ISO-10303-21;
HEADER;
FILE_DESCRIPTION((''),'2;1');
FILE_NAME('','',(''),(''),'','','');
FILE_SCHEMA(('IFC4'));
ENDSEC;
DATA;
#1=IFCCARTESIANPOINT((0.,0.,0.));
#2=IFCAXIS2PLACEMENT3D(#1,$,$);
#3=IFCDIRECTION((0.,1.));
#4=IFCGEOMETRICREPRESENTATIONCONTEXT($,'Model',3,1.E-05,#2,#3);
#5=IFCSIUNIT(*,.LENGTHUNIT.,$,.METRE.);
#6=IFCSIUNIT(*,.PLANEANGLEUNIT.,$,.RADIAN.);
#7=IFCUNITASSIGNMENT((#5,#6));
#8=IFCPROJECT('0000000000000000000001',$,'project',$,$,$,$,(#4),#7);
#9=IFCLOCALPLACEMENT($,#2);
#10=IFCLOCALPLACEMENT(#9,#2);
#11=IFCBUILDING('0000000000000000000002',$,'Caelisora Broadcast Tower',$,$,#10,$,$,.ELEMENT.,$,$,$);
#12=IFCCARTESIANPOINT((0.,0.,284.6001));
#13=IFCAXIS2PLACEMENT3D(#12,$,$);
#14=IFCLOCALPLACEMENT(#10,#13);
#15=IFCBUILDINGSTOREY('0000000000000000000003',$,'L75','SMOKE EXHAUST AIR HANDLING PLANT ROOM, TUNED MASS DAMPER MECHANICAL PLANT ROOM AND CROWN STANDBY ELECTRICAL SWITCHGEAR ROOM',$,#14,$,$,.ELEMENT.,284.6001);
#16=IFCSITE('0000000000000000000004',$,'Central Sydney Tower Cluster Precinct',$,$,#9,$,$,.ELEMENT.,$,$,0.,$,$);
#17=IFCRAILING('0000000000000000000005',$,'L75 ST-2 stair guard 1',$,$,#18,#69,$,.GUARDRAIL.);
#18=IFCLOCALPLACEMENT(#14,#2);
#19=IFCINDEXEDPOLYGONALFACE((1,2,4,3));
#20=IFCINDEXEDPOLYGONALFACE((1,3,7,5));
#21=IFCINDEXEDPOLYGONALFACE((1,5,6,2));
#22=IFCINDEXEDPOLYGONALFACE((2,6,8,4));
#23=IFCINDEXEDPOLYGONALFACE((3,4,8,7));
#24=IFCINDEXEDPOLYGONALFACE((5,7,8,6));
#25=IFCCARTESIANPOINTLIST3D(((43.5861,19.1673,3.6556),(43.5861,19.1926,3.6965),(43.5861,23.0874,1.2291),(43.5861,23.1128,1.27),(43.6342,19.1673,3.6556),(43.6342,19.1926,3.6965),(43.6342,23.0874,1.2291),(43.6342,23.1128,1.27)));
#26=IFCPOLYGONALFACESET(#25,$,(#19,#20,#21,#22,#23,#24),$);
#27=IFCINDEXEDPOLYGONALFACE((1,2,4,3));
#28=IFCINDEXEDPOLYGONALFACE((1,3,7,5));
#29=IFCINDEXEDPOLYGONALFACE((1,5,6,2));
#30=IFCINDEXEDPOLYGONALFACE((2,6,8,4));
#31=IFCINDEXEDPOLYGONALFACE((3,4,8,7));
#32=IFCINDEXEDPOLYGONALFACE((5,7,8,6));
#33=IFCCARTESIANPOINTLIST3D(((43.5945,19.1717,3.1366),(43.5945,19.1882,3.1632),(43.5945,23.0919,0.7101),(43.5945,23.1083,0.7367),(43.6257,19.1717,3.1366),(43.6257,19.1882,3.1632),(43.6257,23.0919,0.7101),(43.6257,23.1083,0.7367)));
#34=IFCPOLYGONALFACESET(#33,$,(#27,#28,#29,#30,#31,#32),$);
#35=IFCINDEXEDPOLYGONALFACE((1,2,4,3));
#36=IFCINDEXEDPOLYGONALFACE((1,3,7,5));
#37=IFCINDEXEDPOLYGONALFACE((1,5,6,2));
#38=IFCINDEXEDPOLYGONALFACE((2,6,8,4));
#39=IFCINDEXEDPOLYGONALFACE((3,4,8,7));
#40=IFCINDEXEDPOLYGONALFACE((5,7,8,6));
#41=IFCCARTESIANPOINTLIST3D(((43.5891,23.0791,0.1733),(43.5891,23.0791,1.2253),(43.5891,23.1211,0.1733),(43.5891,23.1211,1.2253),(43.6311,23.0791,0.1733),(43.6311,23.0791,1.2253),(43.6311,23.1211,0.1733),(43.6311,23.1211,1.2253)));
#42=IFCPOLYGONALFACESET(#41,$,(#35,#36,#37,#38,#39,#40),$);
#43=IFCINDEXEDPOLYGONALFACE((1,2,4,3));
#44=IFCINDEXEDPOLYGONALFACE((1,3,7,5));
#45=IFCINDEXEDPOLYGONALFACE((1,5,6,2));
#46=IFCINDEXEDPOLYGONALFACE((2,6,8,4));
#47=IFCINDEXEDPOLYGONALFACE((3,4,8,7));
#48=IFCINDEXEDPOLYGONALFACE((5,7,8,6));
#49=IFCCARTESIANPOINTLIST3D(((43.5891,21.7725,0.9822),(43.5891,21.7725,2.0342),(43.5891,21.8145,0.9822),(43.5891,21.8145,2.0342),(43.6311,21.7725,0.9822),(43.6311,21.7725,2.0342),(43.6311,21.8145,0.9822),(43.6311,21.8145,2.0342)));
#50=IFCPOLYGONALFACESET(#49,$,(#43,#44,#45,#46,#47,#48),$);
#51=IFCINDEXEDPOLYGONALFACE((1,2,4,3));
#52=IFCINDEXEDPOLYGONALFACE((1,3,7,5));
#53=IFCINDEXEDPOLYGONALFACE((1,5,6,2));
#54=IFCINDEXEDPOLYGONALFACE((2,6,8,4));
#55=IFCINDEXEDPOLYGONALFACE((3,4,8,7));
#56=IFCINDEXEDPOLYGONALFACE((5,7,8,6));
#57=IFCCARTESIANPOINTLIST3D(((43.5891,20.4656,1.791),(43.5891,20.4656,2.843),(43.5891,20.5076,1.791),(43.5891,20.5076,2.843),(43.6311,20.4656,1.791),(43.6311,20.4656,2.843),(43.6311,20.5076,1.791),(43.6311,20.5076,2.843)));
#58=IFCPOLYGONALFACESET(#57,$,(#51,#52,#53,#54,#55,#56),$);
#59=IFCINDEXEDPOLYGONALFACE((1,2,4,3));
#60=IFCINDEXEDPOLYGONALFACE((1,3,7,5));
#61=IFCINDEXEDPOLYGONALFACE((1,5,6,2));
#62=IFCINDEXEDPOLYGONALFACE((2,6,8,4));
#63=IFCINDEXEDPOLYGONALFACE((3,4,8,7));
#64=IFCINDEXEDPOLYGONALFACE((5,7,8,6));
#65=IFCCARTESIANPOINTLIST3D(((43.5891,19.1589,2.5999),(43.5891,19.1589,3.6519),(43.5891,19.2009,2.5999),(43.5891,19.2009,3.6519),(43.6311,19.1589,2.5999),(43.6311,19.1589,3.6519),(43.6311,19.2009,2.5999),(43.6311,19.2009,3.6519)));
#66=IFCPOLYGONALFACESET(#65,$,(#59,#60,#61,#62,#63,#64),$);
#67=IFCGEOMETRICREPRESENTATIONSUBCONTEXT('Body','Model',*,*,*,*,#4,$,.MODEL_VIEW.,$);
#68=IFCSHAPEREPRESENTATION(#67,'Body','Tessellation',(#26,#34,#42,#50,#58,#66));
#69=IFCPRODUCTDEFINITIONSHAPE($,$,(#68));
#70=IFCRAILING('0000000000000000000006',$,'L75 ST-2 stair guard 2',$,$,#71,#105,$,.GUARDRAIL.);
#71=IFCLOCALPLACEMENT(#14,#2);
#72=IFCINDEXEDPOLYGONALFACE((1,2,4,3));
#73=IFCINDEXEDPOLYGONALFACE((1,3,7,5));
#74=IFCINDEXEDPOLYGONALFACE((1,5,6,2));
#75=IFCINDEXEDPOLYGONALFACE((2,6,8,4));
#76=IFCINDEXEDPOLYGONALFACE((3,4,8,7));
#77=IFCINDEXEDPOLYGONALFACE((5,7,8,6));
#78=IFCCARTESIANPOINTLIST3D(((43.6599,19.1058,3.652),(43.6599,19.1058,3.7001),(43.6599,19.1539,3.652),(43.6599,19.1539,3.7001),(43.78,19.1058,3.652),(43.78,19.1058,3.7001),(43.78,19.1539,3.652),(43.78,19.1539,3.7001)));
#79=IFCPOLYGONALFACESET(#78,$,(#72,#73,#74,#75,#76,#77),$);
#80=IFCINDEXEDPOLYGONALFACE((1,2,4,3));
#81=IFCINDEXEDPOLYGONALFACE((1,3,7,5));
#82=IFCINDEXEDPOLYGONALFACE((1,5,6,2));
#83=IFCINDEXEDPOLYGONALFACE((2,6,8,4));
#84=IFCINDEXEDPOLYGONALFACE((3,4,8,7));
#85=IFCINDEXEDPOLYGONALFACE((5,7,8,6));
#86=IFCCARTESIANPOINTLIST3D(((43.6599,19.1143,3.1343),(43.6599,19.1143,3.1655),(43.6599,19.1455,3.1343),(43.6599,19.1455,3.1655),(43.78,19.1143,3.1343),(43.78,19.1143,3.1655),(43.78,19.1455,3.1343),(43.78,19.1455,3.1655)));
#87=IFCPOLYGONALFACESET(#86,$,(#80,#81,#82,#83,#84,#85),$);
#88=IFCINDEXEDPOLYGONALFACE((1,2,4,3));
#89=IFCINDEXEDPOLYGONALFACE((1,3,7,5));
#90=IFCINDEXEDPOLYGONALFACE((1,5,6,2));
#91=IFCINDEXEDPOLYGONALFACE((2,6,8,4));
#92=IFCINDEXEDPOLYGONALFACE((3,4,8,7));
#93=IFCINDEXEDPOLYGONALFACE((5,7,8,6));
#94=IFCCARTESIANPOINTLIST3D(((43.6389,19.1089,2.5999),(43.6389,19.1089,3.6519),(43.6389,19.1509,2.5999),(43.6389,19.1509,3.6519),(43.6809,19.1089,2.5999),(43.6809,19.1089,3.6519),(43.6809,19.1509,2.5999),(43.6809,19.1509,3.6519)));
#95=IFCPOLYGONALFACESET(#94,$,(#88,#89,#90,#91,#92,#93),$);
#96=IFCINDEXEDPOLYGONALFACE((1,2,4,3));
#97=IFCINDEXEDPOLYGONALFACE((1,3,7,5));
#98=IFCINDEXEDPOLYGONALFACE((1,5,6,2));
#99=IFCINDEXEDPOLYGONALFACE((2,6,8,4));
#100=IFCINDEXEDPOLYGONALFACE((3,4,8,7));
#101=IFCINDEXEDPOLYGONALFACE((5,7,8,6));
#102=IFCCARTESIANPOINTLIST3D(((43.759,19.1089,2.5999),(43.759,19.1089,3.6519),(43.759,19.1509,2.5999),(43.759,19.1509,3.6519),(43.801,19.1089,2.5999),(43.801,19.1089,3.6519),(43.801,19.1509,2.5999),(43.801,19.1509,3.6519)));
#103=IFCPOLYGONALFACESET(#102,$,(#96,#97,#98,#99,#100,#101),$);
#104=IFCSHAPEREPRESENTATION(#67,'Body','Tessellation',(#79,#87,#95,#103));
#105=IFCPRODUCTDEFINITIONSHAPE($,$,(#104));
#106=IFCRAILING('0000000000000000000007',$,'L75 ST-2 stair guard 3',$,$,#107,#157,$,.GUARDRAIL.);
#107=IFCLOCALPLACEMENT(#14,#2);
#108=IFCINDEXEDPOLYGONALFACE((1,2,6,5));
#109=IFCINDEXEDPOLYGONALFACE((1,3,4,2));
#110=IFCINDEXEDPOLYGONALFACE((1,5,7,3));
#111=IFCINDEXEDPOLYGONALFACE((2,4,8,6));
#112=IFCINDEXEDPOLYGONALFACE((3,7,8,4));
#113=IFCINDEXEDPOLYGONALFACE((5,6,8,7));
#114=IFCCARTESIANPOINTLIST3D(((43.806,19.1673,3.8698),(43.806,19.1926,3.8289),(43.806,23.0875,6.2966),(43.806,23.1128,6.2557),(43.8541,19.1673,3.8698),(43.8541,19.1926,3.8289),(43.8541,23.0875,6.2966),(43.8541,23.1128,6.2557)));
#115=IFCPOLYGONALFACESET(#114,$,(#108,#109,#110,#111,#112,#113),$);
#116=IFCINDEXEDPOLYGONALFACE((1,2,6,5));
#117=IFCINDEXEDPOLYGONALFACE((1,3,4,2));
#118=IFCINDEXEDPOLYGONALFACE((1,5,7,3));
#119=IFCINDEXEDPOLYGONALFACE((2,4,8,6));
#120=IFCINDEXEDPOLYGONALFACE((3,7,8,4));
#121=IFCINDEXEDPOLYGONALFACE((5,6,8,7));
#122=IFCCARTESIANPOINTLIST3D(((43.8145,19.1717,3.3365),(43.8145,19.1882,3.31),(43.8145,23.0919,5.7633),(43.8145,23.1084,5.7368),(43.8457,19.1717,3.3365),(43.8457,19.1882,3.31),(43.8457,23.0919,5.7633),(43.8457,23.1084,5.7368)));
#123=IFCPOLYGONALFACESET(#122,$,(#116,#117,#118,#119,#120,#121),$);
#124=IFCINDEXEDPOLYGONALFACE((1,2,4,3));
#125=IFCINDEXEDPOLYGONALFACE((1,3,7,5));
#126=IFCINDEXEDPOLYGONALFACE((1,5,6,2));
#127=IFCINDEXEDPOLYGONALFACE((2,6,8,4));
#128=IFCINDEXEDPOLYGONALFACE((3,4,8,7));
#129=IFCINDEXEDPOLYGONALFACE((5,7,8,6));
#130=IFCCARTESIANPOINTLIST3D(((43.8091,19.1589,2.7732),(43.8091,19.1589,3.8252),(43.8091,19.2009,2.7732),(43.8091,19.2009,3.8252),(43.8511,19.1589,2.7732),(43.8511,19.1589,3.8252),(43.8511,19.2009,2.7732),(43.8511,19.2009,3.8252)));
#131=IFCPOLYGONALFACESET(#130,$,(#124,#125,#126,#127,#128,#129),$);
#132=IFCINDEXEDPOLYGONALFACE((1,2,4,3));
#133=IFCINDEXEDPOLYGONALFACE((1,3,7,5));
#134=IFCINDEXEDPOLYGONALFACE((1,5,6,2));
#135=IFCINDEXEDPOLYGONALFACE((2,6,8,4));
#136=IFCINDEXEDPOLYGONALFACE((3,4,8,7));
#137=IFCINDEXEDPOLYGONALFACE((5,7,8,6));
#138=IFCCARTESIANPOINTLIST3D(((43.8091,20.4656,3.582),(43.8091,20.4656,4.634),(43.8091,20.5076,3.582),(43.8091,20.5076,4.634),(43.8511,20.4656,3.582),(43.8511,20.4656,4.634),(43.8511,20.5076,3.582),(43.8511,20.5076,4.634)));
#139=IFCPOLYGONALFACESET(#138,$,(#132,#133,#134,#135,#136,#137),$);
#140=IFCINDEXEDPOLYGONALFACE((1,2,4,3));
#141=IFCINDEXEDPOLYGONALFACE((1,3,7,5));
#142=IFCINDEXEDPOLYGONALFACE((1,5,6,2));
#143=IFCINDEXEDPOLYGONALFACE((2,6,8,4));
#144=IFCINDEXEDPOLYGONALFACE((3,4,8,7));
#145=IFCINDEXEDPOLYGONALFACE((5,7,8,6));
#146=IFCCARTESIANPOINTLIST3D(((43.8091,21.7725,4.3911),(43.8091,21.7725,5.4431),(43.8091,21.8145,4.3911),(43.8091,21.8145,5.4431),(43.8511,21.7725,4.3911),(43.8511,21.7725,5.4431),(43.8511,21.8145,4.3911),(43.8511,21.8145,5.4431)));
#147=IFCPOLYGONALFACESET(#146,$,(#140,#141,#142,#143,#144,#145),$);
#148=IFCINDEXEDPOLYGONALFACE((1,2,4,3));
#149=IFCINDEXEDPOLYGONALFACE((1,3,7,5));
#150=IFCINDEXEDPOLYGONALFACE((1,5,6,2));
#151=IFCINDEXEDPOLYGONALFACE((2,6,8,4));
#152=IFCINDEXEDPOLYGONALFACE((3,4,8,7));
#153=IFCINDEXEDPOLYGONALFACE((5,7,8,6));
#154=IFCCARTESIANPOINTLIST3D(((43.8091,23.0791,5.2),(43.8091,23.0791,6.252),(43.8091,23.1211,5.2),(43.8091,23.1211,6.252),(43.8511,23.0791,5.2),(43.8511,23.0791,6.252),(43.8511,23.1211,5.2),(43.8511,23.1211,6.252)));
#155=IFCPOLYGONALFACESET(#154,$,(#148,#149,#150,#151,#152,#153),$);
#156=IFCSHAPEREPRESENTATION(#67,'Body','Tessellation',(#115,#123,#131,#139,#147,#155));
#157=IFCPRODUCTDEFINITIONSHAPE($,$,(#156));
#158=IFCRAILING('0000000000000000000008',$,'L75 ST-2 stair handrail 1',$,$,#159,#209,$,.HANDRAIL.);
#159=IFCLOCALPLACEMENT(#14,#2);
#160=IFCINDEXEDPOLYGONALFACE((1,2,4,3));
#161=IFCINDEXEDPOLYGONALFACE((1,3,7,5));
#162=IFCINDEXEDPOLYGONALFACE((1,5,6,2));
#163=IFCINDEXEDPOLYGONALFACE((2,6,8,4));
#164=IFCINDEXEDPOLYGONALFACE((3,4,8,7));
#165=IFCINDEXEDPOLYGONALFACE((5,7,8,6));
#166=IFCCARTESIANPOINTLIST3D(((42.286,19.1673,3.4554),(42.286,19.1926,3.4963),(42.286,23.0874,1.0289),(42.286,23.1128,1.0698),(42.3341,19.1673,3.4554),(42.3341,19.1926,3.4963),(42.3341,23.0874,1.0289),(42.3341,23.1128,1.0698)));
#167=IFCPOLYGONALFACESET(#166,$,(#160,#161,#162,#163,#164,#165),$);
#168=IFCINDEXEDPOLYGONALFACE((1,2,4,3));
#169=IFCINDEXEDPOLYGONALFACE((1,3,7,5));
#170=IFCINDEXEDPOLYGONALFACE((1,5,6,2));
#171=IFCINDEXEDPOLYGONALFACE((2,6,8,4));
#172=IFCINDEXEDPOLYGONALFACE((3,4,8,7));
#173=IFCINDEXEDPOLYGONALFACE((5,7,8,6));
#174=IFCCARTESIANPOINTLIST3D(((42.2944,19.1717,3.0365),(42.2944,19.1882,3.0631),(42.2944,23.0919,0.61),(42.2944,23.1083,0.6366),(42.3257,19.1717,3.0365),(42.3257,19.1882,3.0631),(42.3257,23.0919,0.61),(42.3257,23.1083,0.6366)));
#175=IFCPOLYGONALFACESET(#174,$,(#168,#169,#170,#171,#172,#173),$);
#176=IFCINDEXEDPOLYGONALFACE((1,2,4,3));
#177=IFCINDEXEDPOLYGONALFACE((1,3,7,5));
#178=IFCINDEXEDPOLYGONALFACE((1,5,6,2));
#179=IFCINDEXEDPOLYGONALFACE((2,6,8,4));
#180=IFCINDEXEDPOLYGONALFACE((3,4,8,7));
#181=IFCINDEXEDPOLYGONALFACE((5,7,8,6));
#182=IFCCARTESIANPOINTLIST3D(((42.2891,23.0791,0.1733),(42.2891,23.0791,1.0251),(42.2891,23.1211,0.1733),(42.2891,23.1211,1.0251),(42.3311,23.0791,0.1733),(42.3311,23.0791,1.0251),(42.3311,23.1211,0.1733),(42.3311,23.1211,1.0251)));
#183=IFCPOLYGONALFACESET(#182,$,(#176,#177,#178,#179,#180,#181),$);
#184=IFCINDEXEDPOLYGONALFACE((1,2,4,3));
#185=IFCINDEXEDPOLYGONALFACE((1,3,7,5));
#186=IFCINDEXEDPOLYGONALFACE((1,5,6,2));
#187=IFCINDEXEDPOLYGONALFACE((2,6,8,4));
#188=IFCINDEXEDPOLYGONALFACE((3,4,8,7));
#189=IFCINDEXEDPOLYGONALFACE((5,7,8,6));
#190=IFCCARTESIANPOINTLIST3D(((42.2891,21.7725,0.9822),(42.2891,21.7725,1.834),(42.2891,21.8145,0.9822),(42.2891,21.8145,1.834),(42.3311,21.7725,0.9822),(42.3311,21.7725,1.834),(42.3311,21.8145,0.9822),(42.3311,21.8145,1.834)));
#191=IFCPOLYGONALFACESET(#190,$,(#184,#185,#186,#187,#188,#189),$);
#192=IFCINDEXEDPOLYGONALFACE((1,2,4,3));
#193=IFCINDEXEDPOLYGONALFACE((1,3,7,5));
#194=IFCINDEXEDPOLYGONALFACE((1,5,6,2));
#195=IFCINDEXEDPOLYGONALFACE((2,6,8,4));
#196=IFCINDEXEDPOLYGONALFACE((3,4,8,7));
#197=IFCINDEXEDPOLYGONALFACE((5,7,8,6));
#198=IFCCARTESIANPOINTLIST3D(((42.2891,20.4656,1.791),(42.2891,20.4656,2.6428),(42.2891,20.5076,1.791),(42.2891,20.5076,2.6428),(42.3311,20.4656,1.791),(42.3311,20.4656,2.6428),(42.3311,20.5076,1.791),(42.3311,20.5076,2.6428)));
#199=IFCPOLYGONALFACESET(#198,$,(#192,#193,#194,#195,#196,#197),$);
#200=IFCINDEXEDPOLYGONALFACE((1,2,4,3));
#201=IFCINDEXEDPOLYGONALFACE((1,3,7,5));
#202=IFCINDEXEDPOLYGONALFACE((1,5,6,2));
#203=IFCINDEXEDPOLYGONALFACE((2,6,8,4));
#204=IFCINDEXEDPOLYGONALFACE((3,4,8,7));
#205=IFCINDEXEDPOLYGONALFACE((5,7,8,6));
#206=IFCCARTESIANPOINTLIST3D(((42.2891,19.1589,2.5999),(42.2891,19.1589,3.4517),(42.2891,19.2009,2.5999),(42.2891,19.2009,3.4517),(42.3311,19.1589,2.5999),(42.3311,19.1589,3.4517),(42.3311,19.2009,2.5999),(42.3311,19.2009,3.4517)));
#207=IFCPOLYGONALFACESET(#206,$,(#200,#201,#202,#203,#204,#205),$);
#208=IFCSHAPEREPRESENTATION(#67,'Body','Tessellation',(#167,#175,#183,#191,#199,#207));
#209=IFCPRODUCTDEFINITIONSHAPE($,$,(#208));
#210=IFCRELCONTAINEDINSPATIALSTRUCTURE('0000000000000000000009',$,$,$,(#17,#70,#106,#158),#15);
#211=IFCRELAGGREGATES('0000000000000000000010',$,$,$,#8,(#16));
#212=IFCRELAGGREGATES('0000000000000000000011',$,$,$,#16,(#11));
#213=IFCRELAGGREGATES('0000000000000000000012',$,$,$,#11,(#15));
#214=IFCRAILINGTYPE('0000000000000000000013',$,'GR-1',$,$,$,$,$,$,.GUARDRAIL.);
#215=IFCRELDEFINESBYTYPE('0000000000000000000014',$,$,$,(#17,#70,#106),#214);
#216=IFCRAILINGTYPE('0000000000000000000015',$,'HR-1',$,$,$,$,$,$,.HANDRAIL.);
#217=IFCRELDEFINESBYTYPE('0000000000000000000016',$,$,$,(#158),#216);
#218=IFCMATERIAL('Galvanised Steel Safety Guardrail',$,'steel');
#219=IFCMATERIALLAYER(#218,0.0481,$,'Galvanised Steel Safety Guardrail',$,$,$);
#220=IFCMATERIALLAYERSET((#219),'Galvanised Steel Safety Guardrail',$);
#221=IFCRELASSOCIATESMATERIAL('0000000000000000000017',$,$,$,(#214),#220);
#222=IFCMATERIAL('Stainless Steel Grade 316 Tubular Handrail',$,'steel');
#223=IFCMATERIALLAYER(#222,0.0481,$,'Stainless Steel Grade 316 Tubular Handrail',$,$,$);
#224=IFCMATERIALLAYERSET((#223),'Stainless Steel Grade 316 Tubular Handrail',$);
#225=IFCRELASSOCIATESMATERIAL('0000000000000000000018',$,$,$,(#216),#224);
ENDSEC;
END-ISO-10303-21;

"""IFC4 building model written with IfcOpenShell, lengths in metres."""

from ifc_helpers import new_model, si_unit, direction, frame, origin, origin_2d, place, context, subcontext, project, spatial, rectangle, extrude, material, layer, layer_set, type_object, element, save


model = new_model("IFC4")

# Units and contexts
model_context = context("Model", 3, precision=1e-05, world=origin(), true_north=direction((0.0, 1.0)))
body_context = subcontext(model_context, "Body", "Model", "MODEL_VIEW")
ifc_project = project(units=[si_unit("LENGTHUNIT", "METRE"), si_unit("PLANEANGLEUNIT", "RADIAN")], contexts=[model_context])

# Site, building, storey
site_placement = place(None, origin())
site = spatial("IfcSite", under=ifc_project, at=site_placement, Name="Central Sydney Tower Cluster Precinct", CompositionType="ELEMENT", RefElevation=0.0)
building_placement = place(site_placement, origin())
building = spatial("IfcBuilding", under=site, at=building_placement, Name="Caelisora Broadcast Tower", CompositionType="ELEMENT")
storey_placement = place(building_placement, frame((0.0, 0.0, 284.6001)))
storey = spatial("IfcBuildingStorey", under=building, at=storey_placement, Name="L75", Description="SMOKE EXHAUST AIR HANDLING PLANT ROOM, TUNED MASS DAMPER MECHANICAL PLANT ROOM AND CROWN STANDBY ELECTRICAL SWITCHGEAR ROOM", CompositionType="ELEMENT", Elevation=284.6001)

# Railings
ifc_material_1 = material(Name="Galvanised Steel Safety Guardrail", Category="steel")
ifc_layer_1 = layer(ifc_material_1, 0.0481, Name="Galvanised Steel Safety Guardrail")
ifc_layer_set_1 = layer_set([ifc_layer_1], Name="Galvanised Steel Safety Guardrail")
railing_type_1 = type_object("IfcRailingType", Name="GR-1", PredefinedType="GUARDRAIL", material=ifc_layer_set_1)
railing_1_placement = place(storey_placement, frame((43.6101, 23.1001, 0.1733)))
element("IfcRailing", 1, at=railing_1_placement, inside=storey, type_object=railing_type_1, Name="L75 ST-2 stair guard 1", PredefinedType="GUARDRAIL", context=body_context, shape_type="SweptSolid", body=[
    extrude(rectangle(XDim=0.0481, YDim=0.0481, at=origin_2d()), frame((0.0, 0.0, 1.0762), z_axis=(0.0, -0.85029, 0.526315), x_axis=(1.0, 0.0, 0.0)), (0.0, 0.0, 1.0), 4.6104),
    extrude(rectangle(XDim=0.0312, YDim=0.0312, at=origin_2d()), frame((0.0, 0.0, 0.55), z_axis=(0.0, -0.85029, 0.526315), x_axis=(1.0, 0.0, 0.0)), (0.0, 0.0, 1.0), 4.6104),
    extrude(rectangle(XDim=0.042, YDim=0.042, at=origin_2d()), origin(), (0.0, 0.0, 1.0), 1.052),
    extrude(rectangle(XDim=0.042, YDim=0.042, at=origin_2d()), frame((0.0, -1.3066, 0.8088)), (0.0, 0.0, 1.0), 1.052),
    extrude(rectangle(XDim=0.042, YDim=0.042, at=origin_2d()), frame((0.0, -2.6135, 1.6177)), (0.0, 0.0, 1.0), 1.052),
    extrude(rectangle(XDim=0.042, YDim=0.042, at=origin_2d()), frame((0.0, -3.9202, 2.4265)), (0.0, 0.0, 1.0), 1.052),
])
railing_2_placement = place(storey_placement, frame((43.6599, 19.1299, 2.5999)))
element("IfcRailing", 2, at=railing_2_placement, inside=storey, type_object=railing_type_1, Name="L75 ST-2 stair guard 2", PredefinedType="GUARDRAIL", context=body_context, shape_type="SweptSolid", body=[
    extrude(rectangle(XDim=0.0481, YDim=0.0481, at=origin_2d()), frame((0.0, 0.0, 1.0762), z_axis=(1.0, 0.0, 0.0), x_axis=(0.0, 1.0, 0.0)), (0.0, 0.0, 1.0), 0.1201),
    extrude(rectangle(XDim=0.0312, YDim=0.0312, at=origin_2d()), frame((0.0, 0.0, 0.55), z_axis=(1.0, 0.0, 0.0), x_axis=(0.0, 1.0, 0.0)), (0.0, 0.0, 1.0), 0.1201),
    extrude(rectangle(XDim=0.042, YDim=0.042, at=origin_2d()), origin(), (0.0, 0.0, 1.0), 1.052),
    extrude(rectangle(XDim=0.042, YDim=0.042, at=origin_2d()), frame((0.1201, 0.0, 0.0)), (0.0, 0.0, 1.0), 1.052),
])
railing_3_placement = place(storey_placement, frame((43.8301, 19.1799, 2.7732)))
element("IfcRailing", 3, at=railing_3_placement, inside=storey, type_object=railing_type_1, Name="L75 ST-2 stair guard 3", PredefinedType="GUARDRAIL", context=body_context, shape_type="SweptSolid", body=[
    extrude(rectangle(XDim=0.0481, YDim=0.0481, at=origin_2d()), frame((0.0, 0.0, 1.0762), z_axis=(0.0, 0.850266, 0.526353), x_axis=(-1.0, 0.0, 0.0)), (0.0, 0.0, 1.0), 4.6106),
    extrude(rectangle(XDim=0.0312, YDim=0.0312, at=origin_2d()), frame((0.0, 0.0, 0.55), z_axis=(0.0, 0.850266, 0.526353), x_axis=(-1.0, 0.0, 0.0)), (0.0, 0.0, 1.0), 4.6106),
    extrude(rectangle(XDim=0.042, YDim=0.042, at=origin_2d()), origin(), (0.0, 0.0, 1.0), 1.052),
    extrude(rectangle(XDim=0.042, YDim=0.042, at=origin_2d()), frame((0.0, 1.3066, 0.8088)), (0.0, 0.0, 1.0), 1.052),
    extrude(rectangle(XDim=0.042, YDim=0.042, at=origin_2d()), frame((0.0, 2.6135, 1.6179)), (0.0, 0.0, 1.0), 1.052),
    extrude(rectangle(XDim=0.042, YDim=0.042, at=origin_2d()), frame((0.0, 3.9202, 2.4268)), (0.0, 0.0, 1.0), 1.052),
])
ifc_material_2 = material(Name="Stainless Steel Grade 316 Tubular Handrail", Category="steel")
ifc_layer_2 = layer(ifc_material_2, 0.0481, Name="Stainless Steel Grade 316 Tubular Handrail")
ifc_layer_set_2 = layer_set([ifc_layer_2], Name="Stainless Steel Grade 316 Tubular Handrail")
railing_type_2 = type_object("IfcRailingType", Name="HR-1", PredefinedType="HANDRAIL", material=ifc_layer_set_2)
railing_4_placement = place(storey_placement, frame((42.3101, 23.1001, 0.1733)))
element("IfcRailing", 4, at=railing_4_placement, inside=storey, type_object=railing_type_2, Name="L75 ST-2 stair handrail 1", PredefinedType="HANDRAIL", context=body_context, shape_type="SweptSolid", body=[
    extrude(rectangle(XDim=0.0481, YDim=0.0481, at=origin_2d()), frame((0.0, 0.0, 0.876), z_axis=(0.0, -0.85029, 0.526315), x_axis=(1.0, 0.0, 0.0)), (0.0, 0.0, 1.0), 4.6104),
    extrude(rectangle(XDim=0.0312, YDim=0.0312, at=origin_2d()), frame((0.0, 0.0, 0.45), z_axis=(0.0, -0.85029, 0.526315), x_axis=(1.0, 0.0, 0.0)), (0.0, 0.0, 1.0), 4.6104),
    extrude(rectangle(XDim=0.042, YDim=0.042, at=origin_2d()), origin(), (0.0, 0.0, 1.0), 0.8518),
    extrude(rectangle(XDim=0.042, YDim=0.042, at=origin_2d()), frame((0.0, -1.3066, 0.8088)), (0.0, 0.0, 1.0), 0.8518),
    extrude(rectangle(XDim=0.042, YDim=0.042, at=origin_2d()), frame((0.0, -2.6135, 1.6177)), (0.0, 0.0, 1.0), 0.8518),
    extrude(rectangle(XDim=0.042, YDim=0.042, at=origin_2d()), frame((0.0, -3.9202, 2.4265)), (0.0, 0.0, 1.0), 0.8518),
])

save(model, "model.ifc")
